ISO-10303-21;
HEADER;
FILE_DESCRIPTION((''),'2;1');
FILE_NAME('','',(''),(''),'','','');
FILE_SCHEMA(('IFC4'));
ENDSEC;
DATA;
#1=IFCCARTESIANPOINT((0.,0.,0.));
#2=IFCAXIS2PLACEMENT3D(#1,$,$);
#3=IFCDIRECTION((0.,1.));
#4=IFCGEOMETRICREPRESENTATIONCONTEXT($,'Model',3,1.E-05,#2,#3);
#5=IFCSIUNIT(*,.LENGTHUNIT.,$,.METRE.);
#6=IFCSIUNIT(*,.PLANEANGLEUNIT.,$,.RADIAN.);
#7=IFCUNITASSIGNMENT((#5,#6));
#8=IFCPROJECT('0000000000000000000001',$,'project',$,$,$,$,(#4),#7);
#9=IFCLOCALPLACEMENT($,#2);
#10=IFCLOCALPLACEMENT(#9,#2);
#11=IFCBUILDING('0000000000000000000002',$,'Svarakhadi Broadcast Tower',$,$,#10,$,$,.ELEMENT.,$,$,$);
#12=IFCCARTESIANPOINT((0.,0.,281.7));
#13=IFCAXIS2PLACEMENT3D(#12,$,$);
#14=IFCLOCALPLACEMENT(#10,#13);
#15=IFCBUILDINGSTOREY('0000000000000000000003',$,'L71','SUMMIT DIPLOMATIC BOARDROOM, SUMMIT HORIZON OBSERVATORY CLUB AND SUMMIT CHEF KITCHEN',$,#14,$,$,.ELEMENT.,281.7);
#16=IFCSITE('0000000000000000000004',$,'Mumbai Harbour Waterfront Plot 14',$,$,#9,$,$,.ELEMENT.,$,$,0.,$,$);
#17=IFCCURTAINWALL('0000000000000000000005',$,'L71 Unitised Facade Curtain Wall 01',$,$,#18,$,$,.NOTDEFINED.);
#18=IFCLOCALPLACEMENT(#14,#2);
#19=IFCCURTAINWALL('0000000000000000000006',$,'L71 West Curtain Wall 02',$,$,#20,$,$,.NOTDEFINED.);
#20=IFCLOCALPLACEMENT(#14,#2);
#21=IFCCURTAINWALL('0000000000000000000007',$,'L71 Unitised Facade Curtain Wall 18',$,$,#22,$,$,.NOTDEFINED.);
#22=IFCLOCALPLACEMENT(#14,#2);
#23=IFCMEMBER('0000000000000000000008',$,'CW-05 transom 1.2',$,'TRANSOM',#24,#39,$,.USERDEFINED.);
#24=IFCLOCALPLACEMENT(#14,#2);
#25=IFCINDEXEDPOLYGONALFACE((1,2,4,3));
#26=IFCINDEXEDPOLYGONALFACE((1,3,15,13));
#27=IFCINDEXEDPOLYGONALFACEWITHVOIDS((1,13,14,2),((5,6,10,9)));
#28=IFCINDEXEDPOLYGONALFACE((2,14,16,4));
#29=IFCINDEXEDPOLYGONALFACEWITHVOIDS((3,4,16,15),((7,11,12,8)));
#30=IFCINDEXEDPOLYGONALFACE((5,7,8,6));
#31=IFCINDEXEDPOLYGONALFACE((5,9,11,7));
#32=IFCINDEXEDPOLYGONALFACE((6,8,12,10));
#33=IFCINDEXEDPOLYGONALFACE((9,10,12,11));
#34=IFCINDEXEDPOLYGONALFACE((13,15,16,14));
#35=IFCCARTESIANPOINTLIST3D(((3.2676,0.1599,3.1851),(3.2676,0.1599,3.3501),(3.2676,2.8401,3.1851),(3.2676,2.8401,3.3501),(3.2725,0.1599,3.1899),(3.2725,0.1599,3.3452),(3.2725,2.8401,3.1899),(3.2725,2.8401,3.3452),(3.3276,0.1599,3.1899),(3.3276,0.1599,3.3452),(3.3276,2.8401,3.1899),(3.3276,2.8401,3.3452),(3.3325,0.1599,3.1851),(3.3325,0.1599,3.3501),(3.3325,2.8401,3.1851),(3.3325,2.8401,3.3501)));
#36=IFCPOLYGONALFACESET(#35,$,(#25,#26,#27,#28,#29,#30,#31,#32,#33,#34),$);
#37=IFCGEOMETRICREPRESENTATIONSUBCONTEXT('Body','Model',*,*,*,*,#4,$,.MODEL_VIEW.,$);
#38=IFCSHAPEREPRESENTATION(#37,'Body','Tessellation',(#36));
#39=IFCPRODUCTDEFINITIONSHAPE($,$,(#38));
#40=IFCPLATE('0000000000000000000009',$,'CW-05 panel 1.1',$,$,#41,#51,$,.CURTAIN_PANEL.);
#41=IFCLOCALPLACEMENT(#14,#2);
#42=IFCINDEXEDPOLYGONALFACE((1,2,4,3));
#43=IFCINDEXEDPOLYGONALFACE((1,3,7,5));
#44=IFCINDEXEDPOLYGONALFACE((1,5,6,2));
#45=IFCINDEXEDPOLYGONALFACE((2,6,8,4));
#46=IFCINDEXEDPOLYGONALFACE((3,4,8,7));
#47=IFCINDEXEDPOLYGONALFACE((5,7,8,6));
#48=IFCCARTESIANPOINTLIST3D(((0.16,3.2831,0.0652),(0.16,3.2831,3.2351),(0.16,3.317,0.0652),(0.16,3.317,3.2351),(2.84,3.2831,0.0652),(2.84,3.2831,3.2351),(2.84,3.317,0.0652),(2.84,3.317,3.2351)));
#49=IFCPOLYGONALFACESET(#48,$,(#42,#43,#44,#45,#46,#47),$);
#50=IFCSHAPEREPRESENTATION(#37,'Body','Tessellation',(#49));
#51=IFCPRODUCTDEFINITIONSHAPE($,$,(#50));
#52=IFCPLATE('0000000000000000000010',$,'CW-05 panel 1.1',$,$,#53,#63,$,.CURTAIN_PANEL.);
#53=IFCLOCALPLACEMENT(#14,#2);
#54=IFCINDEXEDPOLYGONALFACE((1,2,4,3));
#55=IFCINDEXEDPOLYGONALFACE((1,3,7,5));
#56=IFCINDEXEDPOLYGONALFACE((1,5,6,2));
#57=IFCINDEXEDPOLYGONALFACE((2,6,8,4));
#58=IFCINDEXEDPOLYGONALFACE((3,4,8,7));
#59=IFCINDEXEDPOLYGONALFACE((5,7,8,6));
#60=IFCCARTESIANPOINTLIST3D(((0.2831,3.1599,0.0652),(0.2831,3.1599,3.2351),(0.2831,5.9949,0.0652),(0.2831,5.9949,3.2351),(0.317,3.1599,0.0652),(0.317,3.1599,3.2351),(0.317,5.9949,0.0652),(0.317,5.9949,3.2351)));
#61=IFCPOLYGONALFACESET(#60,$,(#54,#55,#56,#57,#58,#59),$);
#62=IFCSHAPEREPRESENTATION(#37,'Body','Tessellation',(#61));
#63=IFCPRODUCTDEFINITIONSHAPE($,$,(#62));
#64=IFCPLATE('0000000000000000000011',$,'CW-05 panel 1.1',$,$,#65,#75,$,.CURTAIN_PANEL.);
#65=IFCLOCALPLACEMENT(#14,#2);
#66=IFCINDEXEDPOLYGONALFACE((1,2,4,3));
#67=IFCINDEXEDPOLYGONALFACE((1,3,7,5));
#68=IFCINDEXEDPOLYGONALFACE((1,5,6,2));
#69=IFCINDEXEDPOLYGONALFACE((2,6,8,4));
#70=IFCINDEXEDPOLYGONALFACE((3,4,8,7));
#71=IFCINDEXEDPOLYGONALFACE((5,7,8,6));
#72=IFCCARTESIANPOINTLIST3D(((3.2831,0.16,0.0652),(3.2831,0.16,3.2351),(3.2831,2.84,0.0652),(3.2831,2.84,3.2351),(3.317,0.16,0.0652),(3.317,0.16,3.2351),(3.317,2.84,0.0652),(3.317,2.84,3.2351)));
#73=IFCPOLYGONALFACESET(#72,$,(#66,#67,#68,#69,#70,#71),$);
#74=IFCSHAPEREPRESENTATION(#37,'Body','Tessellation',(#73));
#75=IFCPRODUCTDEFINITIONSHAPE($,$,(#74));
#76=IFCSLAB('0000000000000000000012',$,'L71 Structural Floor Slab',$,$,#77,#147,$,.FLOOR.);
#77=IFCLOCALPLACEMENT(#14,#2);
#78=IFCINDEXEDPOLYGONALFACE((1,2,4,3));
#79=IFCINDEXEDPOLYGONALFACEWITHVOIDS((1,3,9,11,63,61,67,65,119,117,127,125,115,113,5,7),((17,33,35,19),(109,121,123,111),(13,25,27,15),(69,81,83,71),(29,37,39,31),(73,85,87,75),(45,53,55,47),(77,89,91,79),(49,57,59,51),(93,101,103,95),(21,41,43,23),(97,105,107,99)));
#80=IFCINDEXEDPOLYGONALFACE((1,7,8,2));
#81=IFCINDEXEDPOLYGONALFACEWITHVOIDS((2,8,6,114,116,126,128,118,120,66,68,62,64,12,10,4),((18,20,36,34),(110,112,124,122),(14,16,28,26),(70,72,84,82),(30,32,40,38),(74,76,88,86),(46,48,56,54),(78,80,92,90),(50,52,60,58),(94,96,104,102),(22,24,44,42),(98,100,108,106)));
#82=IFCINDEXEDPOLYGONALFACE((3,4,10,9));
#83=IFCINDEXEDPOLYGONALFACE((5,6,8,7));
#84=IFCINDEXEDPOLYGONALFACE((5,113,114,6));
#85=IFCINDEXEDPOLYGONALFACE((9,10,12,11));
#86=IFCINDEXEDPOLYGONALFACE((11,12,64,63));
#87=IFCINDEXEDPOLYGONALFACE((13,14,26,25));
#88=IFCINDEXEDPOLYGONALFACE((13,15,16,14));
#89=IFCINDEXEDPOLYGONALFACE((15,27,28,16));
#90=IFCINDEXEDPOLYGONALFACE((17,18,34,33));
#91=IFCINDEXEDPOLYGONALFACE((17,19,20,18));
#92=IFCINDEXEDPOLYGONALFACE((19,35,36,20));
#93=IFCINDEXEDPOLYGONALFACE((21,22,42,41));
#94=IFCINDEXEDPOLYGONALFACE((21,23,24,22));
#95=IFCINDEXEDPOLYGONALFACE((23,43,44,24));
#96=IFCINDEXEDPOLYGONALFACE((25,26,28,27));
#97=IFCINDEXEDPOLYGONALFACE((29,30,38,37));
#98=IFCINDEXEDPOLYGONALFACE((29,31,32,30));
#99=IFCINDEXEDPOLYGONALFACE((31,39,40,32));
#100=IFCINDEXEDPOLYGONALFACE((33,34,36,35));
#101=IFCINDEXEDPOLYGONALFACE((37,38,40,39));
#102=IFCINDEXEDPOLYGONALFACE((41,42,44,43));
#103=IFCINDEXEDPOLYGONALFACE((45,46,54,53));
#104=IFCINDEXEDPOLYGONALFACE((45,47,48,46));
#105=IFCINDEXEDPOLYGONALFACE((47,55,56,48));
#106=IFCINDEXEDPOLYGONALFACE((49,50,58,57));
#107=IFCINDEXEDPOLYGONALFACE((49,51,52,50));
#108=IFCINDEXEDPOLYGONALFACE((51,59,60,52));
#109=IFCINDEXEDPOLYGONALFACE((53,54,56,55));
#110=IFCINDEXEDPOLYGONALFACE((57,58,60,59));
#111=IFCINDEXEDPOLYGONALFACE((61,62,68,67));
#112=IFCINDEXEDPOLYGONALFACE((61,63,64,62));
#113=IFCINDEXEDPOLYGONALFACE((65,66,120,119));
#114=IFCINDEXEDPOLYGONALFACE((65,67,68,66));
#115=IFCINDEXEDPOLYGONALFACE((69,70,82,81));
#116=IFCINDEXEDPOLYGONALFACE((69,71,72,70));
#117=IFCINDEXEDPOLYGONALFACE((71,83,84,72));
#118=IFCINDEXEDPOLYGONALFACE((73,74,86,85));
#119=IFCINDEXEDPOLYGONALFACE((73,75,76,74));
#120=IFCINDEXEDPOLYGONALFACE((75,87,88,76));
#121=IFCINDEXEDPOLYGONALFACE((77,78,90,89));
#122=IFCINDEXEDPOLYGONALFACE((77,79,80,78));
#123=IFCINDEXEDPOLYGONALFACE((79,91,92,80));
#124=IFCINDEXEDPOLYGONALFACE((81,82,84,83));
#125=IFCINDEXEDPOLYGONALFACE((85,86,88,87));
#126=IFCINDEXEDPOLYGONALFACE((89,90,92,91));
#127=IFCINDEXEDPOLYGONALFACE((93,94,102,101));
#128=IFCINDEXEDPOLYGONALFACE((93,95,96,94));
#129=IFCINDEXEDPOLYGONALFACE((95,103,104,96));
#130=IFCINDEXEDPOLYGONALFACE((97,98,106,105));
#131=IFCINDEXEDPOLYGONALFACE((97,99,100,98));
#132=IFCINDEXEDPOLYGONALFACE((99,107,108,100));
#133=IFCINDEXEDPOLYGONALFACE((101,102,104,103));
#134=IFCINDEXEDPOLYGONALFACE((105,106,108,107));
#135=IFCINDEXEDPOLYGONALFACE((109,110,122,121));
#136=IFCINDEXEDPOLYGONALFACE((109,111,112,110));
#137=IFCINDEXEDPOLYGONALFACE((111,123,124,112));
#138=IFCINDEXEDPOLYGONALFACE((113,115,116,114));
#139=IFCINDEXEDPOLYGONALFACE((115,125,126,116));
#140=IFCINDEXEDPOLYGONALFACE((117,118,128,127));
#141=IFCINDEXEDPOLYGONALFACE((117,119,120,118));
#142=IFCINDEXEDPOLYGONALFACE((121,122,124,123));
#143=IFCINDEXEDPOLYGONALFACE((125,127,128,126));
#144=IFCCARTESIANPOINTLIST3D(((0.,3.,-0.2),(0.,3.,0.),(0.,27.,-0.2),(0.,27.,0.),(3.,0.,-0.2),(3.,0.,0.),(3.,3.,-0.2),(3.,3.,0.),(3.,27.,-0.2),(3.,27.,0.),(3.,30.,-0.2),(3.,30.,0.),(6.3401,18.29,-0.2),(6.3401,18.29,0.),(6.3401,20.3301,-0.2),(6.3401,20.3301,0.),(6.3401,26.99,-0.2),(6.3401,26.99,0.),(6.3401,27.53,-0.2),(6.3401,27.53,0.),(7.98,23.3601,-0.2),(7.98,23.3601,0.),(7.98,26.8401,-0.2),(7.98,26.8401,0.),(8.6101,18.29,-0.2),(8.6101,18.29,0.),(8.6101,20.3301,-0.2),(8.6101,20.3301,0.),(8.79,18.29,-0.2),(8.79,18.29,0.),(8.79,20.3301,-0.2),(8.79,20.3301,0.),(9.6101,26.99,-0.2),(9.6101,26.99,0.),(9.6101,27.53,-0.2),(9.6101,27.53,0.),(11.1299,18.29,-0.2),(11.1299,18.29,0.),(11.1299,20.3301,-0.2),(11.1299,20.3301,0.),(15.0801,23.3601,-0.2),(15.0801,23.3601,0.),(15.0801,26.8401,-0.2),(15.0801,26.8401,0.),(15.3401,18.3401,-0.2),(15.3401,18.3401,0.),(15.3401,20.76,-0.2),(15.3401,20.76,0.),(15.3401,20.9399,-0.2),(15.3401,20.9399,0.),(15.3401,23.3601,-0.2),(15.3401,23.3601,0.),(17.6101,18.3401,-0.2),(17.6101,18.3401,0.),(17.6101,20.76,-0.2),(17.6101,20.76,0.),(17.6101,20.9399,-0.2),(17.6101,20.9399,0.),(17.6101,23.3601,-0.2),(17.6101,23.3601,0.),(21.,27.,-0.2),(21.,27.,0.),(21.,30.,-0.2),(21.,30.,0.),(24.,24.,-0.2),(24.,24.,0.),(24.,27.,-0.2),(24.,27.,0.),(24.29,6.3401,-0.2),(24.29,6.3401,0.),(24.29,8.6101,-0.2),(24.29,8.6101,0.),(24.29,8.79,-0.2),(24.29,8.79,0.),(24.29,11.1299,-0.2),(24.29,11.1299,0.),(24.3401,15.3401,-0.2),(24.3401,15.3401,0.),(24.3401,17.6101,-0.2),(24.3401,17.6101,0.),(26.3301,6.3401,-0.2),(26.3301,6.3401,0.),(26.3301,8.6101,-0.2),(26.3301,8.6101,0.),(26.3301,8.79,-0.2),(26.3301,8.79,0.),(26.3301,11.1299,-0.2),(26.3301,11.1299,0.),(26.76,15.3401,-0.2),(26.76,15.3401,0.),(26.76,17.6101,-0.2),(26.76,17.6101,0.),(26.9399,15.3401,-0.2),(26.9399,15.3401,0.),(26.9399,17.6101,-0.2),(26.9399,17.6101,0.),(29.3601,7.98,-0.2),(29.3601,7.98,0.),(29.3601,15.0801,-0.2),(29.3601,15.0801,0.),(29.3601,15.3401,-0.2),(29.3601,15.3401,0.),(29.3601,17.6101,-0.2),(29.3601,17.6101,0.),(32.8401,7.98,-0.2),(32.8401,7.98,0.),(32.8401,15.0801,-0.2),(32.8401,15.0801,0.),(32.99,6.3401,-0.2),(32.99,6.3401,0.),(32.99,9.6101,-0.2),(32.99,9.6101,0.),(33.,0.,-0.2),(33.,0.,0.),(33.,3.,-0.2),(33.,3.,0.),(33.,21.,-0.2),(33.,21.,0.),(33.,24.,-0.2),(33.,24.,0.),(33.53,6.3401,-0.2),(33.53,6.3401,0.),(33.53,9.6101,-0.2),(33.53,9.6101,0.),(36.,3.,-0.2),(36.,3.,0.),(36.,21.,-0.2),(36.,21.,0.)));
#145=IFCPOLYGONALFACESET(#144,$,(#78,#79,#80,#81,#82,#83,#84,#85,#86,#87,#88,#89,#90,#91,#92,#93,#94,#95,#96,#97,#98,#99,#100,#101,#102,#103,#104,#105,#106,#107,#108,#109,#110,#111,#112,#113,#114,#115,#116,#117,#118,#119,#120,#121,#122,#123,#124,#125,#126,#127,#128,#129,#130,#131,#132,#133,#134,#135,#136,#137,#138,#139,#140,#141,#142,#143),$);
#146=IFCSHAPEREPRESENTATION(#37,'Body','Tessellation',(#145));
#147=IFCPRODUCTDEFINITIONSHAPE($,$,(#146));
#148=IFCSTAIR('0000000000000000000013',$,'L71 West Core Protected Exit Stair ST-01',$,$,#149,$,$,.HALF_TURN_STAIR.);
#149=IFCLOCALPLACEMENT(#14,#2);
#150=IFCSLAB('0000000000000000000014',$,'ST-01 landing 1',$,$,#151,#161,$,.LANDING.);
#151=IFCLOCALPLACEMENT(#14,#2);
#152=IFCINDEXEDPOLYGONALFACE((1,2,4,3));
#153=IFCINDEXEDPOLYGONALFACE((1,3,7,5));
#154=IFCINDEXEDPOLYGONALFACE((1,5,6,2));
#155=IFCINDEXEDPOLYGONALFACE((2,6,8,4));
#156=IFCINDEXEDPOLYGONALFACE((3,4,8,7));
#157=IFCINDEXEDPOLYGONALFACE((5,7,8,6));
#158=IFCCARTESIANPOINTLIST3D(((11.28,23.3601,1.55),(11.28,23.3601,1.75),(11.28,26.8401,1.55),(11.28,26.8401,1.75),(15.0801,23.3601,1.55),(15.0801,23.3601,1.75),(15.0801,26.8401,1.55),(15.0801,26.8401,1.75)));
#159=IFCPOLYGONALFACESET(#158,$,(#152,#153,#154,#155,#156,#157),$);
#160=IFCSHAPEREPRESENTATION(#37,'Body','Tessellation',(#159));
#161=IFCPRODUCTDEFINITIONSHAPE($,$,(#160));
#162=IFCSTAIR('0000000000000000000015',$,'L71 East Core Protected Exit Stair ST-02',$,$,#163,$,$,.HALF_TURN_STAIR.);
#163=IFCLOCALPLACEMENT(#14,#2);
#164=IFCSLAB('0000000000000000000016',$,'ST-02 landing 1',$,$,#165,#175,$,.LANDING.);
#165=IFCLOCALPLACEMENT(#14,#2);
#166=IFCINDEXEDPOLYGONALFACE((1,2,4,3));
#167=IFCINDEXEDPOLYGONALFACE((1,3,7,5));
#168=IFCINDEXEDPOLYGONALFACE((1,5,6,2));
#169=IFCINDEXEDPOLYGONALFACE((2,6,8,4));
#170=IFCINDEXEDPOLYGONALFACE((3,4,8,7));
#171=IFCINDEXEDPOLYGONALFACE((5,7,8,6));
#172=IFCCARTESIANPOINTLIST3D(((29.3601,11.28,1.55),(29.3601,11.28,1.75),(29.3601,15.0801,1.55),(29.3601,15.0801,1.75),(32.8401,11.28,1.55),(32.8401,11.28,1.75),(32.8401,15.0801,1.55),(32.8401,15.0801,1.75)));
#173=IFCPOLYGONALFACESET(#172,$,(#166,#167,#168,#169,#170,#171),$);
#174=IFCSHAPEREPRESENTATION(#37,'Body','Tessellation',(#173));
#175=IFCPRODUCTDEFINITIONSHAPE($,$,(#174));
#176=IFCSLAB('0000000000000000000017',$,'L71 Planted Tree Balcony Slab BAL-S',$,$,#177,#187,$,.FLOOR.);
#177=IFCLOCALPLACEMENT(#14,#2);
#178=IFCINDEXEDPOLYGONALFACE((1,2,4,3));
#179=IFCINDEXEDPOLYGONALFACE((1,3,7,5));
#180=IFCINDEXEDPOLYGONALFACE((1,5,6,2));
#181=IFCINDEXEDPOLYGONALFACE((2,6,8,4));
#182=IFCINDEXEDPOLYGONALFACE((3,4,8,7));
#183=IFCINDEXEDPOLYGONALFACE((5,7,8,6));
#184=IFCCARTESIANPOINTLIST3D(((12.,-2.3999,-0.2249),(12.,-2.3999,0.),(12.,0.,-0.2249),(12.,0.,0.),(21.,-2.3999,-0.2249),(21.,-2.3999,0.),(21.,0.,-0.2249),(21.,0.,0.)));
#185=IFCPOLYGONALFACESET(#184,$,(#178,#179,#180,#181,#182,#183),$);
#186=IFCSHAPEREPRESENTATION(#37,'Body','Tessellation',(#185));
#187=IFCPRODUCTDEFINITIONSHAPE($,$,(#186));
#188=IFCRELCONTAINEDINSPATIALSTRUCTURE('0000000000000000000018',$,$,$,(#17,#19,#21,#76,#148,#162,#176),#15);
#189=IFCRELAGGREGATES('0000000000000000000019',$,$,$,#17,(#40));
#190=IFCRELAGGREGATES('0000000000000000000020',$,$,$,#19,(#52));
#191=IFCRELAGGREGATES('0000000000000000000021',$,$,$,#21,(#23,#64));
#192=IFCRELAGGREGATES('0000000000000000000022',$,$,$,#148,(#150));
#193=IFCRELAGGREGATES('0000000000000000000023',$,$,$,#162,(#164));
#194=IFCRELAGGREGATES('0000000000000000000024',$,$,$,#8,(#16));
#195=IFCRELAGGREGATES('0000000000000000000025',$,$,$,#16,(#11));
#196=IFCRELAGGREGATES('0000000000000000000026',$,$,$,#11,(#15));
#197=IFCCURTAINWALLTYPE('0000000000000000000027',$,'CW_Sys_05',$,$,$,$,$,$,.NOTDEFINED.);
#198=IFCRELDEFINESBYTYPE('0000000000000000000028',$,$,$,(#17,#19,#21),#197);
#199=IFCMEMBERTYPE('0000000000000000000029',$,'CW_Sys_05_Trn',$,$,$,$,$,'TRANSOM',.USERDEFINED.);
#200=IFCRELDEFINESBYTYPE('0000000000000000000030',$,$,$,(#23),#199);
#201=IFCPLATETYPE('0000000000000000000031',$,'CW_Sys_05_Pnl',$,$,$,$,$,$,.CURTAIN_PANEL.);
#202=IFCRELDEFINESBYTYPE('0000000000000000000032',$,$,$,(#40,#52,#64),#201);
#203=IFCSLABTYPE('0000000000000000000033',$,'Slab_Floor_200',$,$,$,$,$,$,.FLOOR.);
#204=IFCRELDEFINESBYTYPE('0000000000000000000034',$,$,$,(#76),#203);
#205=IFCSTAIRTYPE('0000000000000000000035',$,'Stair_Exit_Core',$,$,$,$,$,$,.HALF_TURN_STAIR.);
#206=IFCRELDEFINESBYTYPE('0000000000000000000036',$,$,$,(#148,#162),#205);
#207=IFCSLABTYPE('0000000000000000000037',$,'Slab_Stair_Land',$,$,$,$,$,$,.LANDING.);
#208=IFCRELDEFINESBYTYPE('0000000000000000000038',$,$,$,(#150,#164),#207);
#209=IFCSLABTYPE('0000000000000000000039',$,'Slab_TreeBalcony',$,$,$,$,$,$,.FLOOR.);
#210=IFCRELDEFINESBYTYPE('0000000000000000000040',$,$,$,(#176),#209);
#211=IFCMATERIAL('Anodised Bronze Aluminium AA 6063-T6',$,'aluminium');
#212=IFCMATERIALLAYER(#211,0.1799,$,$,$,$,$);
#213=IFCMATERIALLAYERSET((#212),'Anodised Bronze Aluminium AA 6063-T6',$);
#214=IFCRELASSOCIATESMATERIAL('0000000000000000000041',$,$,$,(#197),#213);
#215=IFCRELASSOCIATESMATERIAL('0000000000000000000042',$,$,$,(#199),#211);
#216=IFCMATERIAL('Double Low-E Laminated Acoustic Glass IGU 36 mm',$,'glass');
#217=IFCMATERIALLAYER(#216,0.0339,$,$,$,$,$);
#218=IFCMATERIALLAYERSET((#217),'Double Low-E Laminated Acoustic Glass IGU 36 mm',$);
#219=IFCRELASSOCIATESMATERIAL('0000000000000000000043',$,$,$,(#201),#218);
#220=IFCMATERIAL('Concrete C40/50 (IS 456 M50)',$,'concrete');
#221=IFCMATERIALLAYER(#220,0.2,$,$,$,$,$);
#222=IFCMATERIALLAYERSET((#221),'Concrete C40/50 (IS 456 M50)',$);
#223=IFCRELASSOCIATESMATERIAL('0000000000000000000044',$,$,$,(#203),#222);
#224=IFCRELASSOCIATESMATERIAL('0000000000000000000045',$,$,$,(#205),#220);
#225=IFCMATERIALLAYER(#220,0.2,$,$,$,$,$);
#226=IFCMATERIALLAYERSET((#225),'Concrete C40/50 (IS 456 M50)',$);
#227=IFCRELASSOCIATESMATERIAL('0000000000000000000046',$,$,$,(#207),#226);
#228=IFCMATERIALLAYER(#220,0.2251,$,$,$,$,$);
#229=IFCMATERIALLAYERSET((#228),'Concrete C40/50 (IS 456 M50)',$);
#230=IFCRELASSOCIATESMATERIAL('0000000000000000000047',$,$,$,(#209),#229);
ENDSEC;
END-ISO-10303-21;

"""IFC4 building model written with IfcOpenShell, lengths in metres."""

from ifc_helpers import new_model, si_unit, direction, frame, origin, origin_2d, place, context, subcontext, project, spatial, polyline, rectangle, hollow_rectangle, outline, extrude, material, layer, layer_set, material_profile, profile_set, type_object, element, aggregate, save


model = new_model("IFC4")

# Units and contexts
model_context = context("Model", 3, precision=1e-05, world=origin(), true_north=direction((0.0, 1.0)))
body_context = subcontext(model_context, "Body", "Model", "MODEL_VIEW")
ifc_project = project(units=[si_unit("LENGTHUNIT", "METRE"), si_unit("PLANEANGLEUNIT", "RADIAN")], contexts=[model_context])

# Site, building, storey
site_placement = place(None, origin())
site = spatial("IfcSite", under=ifc_project, at=site_placement, Name="Mumbai Harbour Waterfront Plot 14", CompositionType="ELEMENT", RefElevation=0.0)
building_placement = place(site_placement, origin())
building = spatial("IfcBuilding", under=site, at=building_placement, Name="Svarakhadi Broadcast Tower", CompositionType="ELEMENT")
storey_placement = place(building_placement, frame((0.0, 0.0, 281.7)))
storey = spatial("IfcBuildingStorey", under=building, at=storey_placement, Name="L71", Description="SUMMIT DIPLOMATIC BOARDROOM, SUMMIT HORIZON OBSERVATORY CLUB AND SUMMIT CHEF KITCHEN", CompositionType="ELEMENT", Elevation=281.7)

# Curtain wall
ifc_material_1 = material(Name="Anodised Bronze Aluminium AA 6063-T6", Category="aluminium")
ifc_layer_1 = layer(ifc_material_1, 0.1799)
ifc_layer_set_1 = layer_set([ifc_layer_1], Name="Anodised Bronze Aluminium AA 6063-T6")
curtain_wall_type = type_object("IfcCurtainWallType", Name="CW_Sys_05", PredefinedType="NOTDEFINED", material=ifc_layer_set_1)
curtain_wall_1_placement = place(storey_placement, origin())
curtain_wall_1 = element("IfcCurtainWall", 1, at=curtain_wall_1_placement, inside=storey, type_object=curtain_wall_type, Name="L71 Unitised Facade Curtain Wall 01", PredefinedType="NOTDEFINED")

# Curtain wall
curtain_wall_2_placement = place(storey_placement, origin())
curtain_wall_2 = element("IfcCurtainWall", 2, at=curtain_wall_2_placement, inside=storey, type_object=curtain_wall_type, Name="L71 West Curtain Wall 02", PredefinedType="NOTDEFINED")

# Curtain wall
curtain_wall_3_placement = place(storey_placement, origin())
curtain_wall_3 = element("IfcCurtainWall", 3, at=curtain_wall_3_placement, inside=storey, type_object=curtain_wall_type, Name="L71 Unitised Facade Curtain Wall 18", PredefinedType="NOTDEFINED")

# Member
ifc_material_profile_1 = material_profile(ifc_material_1, hollow_rectangle(XDim=0.0649, YDim=0.165, WallThickness=0.0049, at=origin_2d()), Name="ALU TRANSOM 165x65x5")
ifc_profile_set_1 = profile_set([ifc_material_profile_1], Name="Anodised Bronze Aluminium AA 6063-T6")
member_type_1 = type_object("IfcMemberType", Name="CW_Sys_05_Trn", ElementType="TRANSOM", PredefinedType="USERDEFINED", material=ifc_profile_set_1)
member_1_placement = place(storey_placement, frame((3.3, 0.1599, 3.2676), z_axis=(0.0, 1.0, 0.0), x_axis=(-1.0, 0.0, 0.0)))
member_1 = element("IfcMember", 4, at=member_1_placement, type_object=member_type_1, Name="CW-05 transom 1.2", ObjectType="TRANSOM", PredefinedType="USERDEFINED", context=body_context, shape_type="SweptSolid", body=[
    extrude(hollow_rectangle(XDim=0.0649, YDim=0.165, WallThickness=0.0049, at=origin_2d()), origin(), (0.0, 0.0, 1.0), 2.6802),
])

# Plates
ifc_material_2 = material(Name="Double Low-E Laminated Acoustic Glass IGU 36 mm", Category="glass")
ifc_layer_2 = layer(ifc_material_2, 0.0339)
ifc_layer_set_2 = layer_set([ifc_layer_2], Name="Double Low-E Laminated Acoustic Glass IGU 36 mm")
plate_type = type_object("IfcPlateType", Name="CW_Sys_05_Pnl", PredefinedType="CURTAIN_PANEL", material=ifc_layer_set_2)
plate_1_placement = place(storey_placement, frame((1.5, 3.3, 0.0652), z_axis=(0.0, 0.0, 1.0), x_axis=(-1.0, 0.0, 0.0)))
plate_1 = element("IfcPlate", 5, at=plate_1_placement, type_object=plate_type, Name="CW-05 panel 1.1", PredefinedType="CURTAIN_PANEL", context=body_context, shape_type="SweptSolid", body=[
    extrude(rectangle(XDim=2.6799, YDim=0.0339, at=origin_2d()), origin(), (0.0, 0.0, 1.0), 3.1699),
])
aggregate(curtain_wall_1, [plate_1])
plate_2_placement = place(storey_placement, frame((0.3, 4.5774, 0.0652), z_axis=(0.0, 0.0, 1.0), x_axis=(0.0, 1.0, 0.0)))
plate_2 = element("IfcPlate", 6, at=plate_2_placement, type_object=plate_type, Name="CW-05 panel 1.1", PredefinedType="CURTAIN_PANEL", context=body_context, shape_type="SweptSolid", body=[
    extrude(rectangle(XDim=2.835, YDim=0.0339, at=origin_2d()), origin(), (0.0, 0.0, 1.0), 3.1699),
])
aggregate(curtain_wall_2, [plate_2])
plate_3_placement = place(storey_placement, frame((3.3, 1.5, 0.0652), z_axis=(0.0, 0.0, 1.0), x_axis=(0.0, 1.0, 0.0)))
plate_3 = element("IfcPlate", 7, at=plate_3_placement, type_object=plate_type, Name="CW-05 panel 1.1", PredefinedType="CURTAIN_PANEL", context=body_context, shape_type="SweptSolid", body=[
    extrude(rectangle(XDim=2.6799, YDim=0.0339, at=origin_2d()), origin(), (0.0, 0.0, 1.0), 3.1699),
])
aggregate(curtain_wall_3, [member_1, plate_3])

# Slab
ifc_material_3 = material(Name="Concrete C40/50 (IS 456 M50)", Category="concrete")
ifc_layer_3 = layer(ifc_material_3, 0.2)
ifc_layer_set_3 = layer_set([ifc_layer_3], Name="Concrete C40/50 (IS 456 M50)")
slab_type_1 = type_object("IfcSlabType", Name="Slab_Floor_200", PredefinedType="FLOOR", material=ifc_layer_set_3)
slab_1_placement = place(storey_placement, frame((0.0, 0.0, -0.2)))
element("IfcSlab", 8, at=slab_1_placement, inside=storey, type_object=slab_type_1, Name="L71 Structural Floor Slab", PredefinedType="FLOOR", context=body_context, shape_type="SweptSolid", body=[
    extrude(outline(polyline([(3.0, 0.0), (33.0, 0.0), (33.0, 3.0), (36.0, 3.0), (36.0, 21.0), (33.0, 21.0), (33.0, 24.0), (24.0, 24.0), (24.0, 27.0), (21.0, 27.0), (21.0, 30.0), (3.0, 30.0), (3.0, 27.0), (0.0, 27.0), (0.0, 3.0), (3.0, 3.0), (3.0, 0.0)]), holes=[polyline([(7.98, 23.3601), (15.0801, 23.3601), (15.0801, 26.8401), (7.98, 26.8401), (7.98, 23.3601)]), polyline([(32.8401, 7.98), (32.8401, 15.0801), (29.3601, 15.0801), (29.3601, 7.98), (32.8401, 7.98)]), polyline([(6.3401, 18.29), (8.6101, 18.29), (8.6101, 20.3301), (6.3401, 20.3301), (6.3401, 18.29)]), polyline([(8.79, 18.29), (11.1299, 18.29), (11.1299, 20.3301), (8.79, 20.3301), (8.79, 18.29)]), polyline([(24.29, 6.3401), (26.3301, 6.3401), (26.3301, 8.6101), (24.29, 8.6101), (24.29, 6.3401)]), polyline([(24.29, 8.79), (26.3301, 8.79), (26.3301, 11.1299), (24.29, 11.1299), (24.29, 8.79)]), polyline([(6.3401, 26.99), (9.6101, 26.99), (9.6101, 27.53), (6.3401, 27.53), (6.3401, 26.99)]), polyline([(32.99, 6.3401), (33.53, 6.3401), (33.53, 9.6101), (32.99, 9.6101), (32.99, 6.3401)]), polyline([(15.3401, 18.3401), (17.6101, 18.3401), (17.6101, 20.76), (15.3401, 20.76), (15.3401, 18.3401)]), polyline([(15.3401, 20.9399), (17.6101, 20.9399), (17.6101, 23.3601), (15.3401, 23.3601), (15.3401, 20.9399)]), polyline([(24.3401, 15.3401), (26.76, 15.3401), (26.76, 17.6101), (24.3401, 17.6101), (24.3401, 15.3401)]), polyline([(26.9399, 15.3401), (29.3601, 15.3401), (29.3601, 17.6101), (26.9399, 17.6101), (26.9399, 15.3401)])]), origin(), (0.0, 0.0, 1.0), 0.2),
])

# Stairs, slabs
stair_type = type_object("IfcStairType", Name="Stair_Exit_Core", PredefinedType="HALF_TURN_STAIR", material=ifc_material_3)
stair_1_placement = place(storey_placement, origin())
stair_1 = element("IfcStair", 9, at=stair_1_placement, inside=storey, type_object=stair_type, Name="L71 West Core Protected Exit Stair ST-01", PredefinedType="HALF_TURN_STAIR")
ifc_layer_4 = layer(ifc_material_3, 0.2)
ifc_layer_set_4 = layer_set([ifc_layer_4], Name="Concrete C40/50 (IS 456 M50)")
slab_type_2 = type_object("IfcSlabType", Name="Slab_Stair_Land", PredefinedType="LANDING", material=ifc_layer_set_4)
slab_2_placement = place(storey_placement, frame((0.0, 0.0, 1.55)))
slab_2 = element("IfcSlab", 10, at=slab_2_placement, type_object=slab_type_2, Name="ST-01 landing 1", PredefinedType="LANDING", context=body_context, shape_type="SweptSolid", body=[
    extrude(outline(polyline([(11.28, 23.3601), (15.0801, 23.3601), (15.0801, 26.8401), (11.28, 26.8401), (11.28, 23.3601)])), origin(), (0.0, 0.0, 1.0), 0.2),
])
aggregate(stair_1, [slab_2])
stair_2_placement = place(storey_placement, origin())
stair_2 = element("IfcStair", 11, at=stair_2_placement, inside=storey, type_object=stair_type, Name="L71 East Core Protected Exit Stair ST-02", PredefinedType="HALF_TURN_STAIR")
slab_3_placement = place(storey_placement, frame((0.0, 0.0, 1.55)))
slab_3 = element("IfcSlab", 12, at=slab_3_placement, type_object=slab_type_2, Name="ST-02 landing 1", PredefinedType="LANDING", context=body_context, shape_type="SweptSolid", body=[
    extrude(outline(polyline([(32.8401, 11.28), (32.8401, 15.0801), (29.3601, 15.0801), (29.3601, 11.28), (32.8401, 11.28)])), origin(), (0.0, 0.0, 1.0), 0.2),
])
aggregate(stair_2, [slab_3])

# Slab
ifc_layer_5 = layer(ifc_material_3, 0.2251)
ifc_layer_set_5 = layer_set([ifc_layer_5], Name="Concrete C40/50 (IS 456 M50)")
slab_type_3 = type_object("IfcSlabType", Name="Slab_TreeBalcony", PredefinedType="FLOOR", material=ifc_layer_set_5)
slab_4_placement = place(storey_placement, frame((0.0, 0.0, -0.2249)))
element("IfcSlab", 13, at=slab_4_placement, inside=storey, type_object=slab_type_3, Name="L71 Planted Tree Balcony Slab BAL-S", PredefinedType="FLOOR", context=body_context, shape_type="SweptSolid", body=[
    extrude(outline(polyline([(12.0, -2.3999), (21.0, -2.3999), (21.0, 0.0), (12.0, 0.0), (12.0, -2.3999)])), origin(), (0.0, 0.0, 1.0), 0.2249),
])

save(model, "model.ifc")
